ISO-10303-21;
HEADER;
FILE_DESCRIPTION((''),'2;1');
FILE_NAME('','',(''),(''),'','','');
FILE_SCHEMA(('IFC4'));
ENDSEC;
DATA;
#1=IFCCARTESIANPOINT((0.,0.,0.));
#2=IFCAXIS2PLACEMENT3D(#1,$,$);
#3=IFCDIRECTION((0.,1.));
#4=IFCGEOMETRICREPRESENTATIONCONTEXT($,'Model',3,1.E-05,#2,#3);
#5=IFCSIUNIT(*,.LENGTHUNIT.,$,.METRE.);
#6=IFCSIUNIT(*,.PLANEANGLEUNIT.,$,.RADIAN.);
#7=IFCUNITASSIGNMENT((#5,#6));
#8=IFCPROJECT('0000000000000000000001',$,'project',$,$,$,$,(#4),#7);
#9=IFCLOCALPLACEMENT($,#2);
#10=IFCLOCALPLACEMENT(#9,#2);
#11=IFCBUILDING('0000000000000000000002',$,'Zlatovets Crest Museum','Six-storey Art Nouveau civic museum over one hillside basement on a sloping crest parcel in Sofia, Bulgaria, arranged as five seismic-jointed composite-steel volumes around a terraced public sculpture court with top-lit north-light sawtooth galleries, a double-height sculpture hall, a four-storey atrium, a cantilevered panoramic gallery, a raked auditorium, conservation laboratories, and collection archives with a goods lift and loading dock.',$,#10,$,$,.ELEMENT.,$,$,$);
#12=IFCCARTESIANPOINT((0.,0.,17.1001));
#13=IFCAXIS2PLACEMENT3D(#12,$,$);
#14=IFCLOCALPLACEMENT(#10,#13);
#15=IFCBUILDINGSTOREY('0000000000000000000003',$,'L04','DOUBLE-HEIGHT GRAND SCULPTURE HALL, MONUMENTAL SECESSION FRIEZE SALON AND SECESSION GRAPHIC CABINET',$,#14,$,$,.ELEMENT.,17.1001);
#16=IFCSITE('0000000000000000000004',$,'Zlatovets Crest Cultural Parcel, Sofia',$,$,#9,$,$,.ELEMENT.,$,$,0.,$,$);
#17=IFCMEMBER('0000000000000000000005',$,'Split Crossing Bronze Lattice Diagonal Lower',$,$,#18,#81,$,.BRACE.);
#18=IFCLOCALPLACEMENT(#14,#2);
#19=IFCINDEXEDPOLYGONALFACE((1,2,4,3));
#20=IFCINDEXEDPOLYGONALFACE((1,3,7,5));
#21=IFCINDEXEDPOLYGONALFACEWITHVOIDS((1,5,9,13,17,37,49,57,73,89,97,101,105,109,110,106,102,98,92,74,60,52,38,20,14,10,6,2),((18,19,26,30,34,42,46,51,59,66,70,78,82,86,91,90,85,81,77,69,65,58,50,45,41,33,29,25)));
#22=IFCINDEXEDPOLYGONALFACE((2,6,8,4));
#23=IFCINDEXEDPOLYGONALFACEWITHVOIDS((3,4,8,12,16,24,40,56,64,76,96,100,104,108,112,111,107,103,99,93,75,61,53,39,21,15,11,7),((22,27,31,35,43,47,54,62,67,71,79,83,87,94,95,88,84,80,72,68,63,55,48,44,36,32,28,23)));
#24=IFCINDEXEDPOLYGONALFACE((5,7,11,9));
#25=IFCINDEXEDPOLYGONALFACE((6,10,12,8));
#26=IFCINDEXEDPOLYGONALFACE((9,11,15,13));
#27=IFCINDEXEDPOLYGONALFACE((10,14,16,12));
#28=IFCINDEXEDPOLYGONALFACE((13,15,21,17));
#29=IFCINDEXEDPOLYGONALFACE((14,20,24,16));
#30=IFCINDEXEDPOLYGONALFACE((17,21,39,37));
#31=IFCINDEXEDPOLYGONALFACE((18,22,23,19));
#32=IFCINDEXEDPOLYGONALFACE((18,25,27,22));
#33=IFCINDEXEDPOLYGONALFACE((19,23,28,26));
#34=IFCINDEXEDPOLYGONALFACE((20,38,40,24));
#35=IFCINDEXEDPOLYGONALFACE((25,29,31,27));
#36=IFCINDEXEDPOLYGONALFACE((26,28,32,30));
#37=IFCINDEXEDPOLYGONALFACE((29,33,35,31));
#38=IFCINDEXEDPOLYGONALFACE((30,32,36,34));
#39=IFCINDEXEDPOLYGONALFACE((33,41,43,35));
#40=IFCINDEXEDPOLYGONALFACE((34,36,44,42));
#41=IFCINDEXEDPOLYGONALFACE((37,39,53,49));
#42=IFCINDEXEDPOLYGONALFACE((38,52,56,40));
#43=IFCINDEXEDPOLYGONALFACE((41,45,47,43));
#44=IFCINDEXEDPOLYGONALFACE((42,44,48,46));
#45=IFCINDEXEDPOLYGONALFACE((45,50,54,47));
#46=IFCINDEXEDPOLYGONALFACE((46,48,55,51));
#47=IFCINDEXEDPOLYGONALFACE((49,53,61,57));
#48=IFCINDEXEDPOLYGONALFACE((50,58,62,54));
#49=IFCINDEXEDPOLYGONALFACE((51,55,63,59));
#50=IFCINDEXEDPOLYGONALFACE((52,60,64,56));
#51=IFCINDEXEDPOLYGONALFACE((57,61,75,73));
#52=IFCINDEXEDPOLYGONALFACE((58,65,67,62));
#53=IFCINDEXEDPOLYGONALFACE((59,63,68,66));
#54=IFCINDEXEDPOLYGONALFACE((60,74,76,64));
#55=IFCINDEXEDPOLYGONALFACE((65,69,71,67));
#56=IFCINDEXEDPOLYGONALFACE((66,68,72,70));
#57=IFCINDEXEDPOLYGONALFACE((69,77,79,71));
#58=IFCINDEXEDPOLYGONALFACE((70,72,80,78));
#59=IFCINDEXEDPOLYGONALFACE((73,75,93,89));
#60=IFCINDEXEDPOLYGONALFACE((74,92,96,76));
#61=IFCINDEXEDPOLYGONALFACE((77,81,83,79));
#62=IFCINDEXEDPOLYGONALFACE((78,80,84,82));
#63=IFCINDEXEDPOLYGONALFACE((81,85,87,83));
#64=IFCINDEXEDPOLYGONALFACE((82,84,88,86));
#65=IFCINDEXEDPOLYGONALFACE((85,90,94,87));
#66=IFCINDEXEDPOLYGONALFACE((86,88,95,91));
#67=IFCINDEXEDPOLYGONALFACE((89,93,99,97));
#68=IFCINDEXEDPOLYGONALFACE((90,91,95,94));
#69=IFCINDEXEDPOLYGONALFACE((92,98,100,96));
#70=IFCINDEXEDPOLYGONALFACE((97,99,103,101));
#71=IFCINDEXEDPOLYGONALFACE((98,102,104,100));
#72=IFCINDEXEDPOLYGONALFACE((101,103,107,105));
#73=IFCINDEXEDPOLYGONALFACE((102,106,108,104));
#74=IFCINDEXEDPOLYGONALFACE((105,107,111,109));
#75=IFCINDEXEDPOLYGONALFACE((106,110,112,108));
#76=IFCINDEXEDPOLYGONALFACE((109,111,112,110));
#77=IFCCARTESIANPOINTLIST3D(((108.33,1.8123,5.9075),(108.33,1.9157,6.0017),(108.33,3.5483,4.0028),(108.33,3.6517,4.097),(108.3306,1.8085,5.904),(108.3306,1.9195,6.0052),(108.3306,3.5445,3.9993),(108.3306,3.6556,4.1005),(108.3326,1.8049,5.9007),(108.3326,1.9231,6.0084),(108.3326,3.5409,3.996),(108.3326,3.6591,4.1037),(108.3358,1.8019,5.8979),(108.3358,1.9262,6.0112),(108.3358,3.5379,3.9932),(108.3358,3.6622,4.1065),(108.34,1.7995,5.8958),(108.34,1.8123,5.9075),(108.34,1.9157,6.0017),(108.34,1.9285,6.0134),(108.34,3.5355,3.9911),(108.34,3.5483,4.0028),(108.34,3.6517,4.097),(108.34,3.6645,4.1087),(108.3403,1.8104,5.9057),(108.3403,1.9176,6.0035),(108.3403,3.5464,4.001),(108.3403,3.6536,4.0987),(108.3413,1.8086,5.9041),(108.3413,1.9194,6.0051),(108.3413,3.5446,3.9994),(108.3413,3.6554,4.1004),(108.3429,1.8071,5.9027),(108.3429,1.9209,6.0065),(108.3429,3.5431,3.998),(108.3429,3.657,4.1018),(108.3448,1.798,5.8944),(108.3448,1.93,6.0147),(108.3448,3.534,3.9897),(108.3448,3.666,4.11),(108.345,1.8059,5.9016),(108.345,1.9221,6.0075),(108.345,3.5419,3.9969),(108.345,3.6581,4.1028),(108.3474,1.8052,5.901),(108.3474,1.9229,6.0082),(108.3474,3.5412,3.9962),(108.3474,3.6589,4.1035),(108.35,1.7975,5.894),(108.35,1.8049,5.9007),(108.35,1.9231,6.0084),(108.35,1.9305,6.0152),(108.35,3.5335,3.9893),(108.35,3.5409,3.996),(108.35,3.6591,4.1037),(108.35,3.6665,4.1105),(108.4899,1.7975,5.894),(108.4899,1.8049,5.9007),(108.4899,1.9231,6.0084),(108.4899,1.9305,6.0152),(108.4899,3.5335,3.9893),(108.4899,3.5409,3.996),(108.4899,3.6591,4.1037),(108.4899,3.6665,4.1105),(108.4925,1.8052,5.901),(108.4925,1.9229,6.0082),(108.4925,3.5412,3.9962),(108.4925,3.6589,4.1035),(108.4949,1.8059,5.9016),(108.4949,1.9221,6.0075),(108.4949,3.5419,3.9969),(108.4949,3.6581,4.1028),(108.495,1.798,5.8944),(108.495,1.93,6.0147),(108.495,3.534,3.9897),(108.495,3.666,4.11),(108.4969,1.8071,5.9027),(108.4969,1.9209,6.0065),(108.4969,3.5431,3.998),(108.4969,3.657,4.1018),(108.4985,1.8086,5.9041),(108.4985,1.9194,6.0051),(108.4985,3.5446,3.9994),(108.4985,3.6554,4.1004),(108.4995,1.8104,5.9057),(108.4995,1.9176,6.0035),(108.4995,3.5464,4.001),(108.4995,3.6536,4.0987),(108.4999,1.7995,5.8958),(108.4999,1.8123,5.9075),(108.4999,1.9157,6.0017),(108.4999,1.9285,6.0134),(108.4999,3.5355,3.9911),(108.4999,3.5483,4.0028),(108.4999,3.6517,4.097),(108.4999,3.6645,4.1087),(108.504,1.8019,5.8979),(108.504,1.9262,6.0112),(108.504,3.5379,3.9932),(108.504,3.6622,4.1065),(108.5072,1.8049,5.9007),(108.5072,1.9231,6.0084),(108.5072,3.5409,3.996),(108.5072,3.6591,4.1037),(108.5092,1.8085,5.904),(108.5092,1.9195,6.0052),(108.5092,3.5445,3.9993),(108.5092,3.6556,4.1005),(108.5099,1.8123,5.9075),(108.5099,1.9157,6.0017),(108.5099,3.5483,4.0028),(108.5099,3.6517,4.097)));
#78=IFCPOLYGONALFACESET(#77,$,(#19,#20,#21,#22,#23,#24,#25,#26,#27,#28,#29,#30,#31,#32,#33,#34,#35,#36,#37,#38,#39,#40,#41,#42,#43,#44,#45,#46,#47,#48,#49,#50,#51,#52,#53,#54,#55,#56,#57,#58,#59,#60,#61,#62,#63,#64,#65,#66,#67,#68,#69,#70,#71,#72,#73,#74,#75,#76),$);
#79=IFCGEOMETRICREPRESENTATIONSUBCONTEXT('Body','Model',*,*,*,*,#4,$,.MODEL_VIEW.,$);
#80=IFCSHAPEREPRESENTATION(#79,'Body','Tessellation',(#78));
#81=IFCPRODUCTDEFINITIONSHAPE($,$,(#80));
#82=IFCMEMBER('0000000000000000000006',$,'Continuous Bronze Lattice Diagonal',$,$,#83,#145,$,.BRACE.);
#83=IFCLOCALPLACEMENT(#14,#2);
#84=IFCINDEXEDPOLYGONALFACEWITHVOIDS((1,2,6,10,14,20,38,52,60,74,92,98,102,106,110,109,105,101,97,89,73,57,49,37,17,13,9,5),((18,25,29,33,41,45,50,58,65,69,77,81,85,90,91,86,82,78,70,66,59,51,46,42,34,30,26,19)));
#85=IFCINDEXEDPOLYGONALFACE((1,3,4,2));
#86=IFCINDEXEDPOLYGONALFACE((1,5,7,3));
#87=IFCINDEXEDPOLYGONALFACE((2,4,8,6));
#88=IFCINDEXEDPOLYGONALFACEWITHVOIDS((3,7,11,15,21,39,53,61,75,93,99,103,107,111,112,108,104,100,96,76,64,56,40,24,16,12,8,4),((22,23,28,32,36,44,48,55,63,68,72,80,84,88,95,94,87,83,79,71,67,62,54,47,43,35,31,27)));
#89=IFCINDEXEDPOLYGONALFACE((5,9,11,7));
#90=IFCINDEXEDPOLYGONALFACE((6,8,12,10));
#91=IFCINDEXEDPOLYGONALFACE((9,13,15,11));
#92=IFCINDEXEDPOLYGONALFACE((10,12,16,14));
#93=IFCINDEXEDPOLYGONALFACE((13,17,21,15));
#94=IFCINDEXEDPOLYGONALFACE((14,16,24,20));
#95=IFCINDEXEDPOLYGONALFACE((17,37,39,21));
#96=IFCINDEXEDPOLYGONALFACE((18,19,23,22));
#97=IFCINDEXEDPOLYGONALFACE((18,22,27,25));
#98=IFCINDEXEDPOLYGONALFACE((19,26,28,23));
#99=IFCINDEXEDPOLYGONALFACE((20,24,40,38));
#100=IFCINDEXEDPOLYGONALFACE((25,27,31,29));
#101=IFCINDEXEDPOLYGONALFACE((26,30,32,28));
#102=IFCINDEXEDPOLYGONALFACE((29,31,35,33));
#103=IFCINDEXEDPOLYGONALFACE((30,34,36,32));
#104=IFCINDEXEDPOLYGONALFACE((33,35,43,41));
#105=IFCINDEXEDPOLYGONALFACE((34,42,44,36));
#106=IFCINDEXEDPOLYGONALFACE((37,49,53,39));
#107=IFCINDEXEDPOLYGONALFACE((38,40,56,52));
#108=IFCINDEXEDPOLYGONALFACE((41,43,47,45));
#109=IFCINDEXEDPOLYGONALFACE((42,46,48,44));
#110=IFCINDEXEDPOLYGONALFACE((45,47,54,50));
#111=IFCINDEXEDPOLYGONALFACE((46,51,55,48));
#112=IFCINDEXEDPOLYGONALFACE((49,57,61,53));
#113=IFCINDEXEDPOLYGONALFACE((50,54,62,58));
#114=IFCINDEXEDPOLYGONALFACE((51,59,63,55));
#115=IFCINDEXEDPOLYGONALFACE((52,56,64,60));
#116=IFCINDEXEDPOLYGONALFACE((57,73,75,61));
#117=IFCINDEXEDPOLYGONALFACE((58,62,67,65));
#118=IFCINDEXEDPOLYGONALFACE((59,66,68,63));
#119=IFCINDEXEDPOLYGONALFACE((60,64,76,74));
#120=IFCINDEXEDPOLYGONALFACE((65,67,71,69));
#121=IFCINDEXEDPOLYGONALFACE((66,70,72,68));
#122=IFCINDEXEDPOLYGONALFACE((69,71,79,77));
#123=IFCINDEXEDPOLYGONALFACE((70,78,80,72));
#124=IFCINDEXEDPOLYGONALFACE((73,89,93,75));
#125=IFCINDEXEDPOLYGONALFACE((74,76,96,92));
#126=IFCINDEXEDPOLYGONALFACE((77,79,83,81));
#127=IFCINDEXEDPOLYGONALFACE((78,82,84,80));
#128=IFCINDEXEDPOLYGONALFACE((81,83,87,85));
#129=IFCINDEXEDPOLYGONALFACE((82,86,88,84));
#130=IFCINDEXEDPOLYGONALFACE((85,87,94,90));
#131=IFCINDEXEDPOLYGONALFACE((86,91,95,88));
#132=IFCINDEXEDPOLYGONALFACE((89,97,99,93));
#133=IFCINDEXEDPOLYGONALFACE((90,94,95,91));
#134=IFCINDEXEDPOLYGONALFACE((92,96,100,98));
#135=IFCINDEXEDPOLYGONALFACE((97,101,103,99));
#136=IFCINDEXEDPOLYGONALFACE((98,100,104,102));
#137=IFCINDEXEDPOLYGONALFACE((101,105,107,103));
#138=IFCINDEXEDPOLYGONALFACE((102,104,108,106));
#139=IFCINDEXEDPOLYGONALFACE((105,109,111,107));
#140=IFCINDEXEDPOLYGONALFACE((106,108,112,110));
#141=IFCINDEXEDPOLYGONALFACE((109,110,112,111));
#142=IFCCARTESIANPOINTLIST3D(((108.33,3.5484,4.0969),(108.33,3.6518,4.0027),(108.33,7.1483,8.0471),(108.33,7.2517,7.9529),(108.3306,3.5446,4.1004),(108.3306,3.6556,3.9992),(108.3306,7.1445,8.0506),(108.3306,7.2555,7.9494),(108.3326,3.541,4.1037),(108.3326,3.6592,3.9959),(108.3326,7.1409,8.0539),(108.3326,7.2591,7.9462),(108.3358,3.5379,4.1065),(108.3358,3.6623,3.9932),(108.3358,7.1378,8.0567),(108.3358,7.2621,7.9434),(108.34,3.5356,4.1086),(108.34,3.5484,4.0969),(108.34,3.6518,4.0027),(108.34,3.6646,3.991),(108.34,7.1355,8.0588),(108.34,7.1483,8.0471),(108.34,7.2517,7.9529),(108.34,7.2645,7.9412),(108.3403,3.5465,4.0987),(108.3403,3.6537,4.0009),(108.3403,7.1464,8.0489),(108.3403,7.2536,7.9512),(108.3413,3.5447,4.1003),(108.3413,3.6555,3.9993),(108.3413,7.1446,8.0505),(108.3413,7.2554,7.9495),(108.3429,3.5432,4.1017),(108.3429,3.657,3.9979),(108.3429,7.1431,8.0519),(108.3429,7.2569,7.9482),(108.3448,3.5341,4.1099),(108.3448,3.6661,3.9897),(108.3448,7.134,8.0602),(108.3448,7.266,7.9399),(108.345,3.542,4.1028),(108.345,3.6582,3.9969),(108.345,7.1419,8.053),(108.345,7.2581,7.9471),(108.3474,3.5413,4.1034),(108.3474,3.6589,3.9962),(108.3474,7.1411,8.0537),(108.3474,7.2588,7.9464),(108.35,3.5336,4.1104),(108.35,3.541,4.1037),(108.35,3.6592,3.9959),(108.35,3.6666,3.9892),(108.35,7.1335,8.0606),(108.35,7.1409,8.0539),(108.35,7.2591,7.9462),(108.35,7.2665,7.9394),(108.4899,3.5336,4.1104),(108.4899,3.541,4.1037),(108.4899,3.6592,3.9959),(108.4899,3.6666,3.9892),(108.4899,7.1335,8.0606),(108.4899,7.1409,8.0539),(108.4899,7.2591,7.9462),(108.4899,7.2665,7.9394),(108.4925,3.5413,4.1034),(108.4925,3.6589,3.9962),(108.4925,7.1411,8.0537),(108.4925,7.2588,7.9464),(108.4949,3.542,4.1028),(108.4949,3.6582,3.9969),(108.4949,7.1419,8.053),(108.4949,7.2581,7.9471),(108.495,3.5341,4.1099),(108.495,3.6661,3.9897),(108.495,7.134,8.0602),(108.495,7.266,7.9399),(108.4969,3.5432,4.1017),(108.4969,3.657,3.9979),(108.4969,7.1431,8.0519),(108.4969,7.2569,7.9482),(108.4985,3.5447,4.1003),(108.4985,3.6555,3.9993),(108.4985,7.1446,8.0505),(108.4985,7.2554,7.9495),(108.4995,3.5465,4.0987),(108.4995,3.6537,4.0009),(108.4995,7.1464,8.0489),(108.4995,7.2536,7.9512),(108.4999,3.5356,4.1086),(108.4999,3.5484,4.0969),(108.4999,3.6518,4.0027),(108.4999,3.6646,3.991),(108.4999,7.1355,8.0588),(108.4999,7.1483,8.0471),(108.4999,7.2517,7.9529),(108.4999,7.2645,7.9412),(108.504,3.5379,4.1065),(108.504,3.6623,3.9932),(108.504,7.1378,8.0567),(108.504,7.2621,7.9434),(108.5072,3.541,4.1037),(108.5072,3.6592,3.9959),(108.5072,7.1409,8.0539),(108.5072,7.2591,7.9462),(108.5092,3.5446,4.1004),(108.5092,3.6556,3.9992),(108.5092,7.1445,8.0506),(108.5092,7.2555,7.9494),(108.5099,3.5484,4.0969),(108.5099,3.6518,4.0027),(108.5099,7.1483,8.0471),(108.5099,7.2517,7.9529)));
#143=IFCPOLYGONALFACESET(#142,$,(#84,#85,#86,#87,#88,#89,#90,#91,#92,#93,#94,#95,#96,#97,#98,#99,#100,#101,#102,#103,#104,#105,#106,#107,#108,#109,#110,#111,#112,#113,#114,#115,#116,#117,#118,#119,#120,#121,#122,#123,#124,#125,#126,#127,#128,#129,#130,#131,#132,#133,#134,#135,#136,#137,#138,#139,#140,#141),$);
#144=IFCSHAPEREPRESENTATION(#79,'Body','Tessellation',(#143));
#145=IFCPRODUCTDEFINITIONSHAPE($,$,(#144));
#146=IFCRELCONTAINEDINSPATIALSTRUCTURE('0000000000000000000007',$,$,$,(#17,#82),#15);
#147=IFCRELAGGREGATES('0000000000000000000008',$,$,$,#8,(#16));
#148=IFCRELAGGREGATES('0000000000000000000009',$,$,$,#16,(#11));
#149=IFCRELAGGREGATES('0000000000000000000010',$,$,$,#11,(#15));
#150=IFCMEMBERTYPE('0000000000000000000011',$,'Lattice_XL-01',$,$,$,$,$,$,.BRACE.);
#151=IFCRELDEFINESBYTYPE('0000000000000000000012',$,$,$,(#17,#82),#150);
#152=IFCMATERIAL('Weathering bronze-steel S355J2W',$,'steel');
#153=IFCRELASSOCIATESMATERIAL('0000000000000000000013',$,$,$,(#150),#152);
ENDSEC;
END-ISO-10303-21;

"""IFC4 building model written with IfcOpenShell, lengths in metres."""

from ifc_helpers import new_model, si_unit, direction, frame, origin, origin_2d, place, context, subcontext, project, spatial, hollow_rectangle, extrude, material, material_profile, profile_set, type_object, element, save


model = new_model("IFC4")

# Units and contexts
model_context = context("Model", 3, precision=1e-05, world=origin(), true_north=direction((0.0, 1.0)))
body_context = subcontext(model_context, "Body", "Model", "MODEL_VIEW")
ifc_project = project(units=[si_unit("LENGTHUNIT", "METRE"), si_unit("PLANEANGLEUNIT", "RADIAN")], contexts=[model_context])

# Site, building, storey
site_placement = place(None, origin())
site = spatial("IfcSite", under=ifc_project, at=site_placement, Name="Zlatovets Crest Cultural Parcel, Sofia", CompositionType="ELEMENT", RefElevation=0.0)
building_placement = place(site_placement, origin())
building = spatial("IfcBuilding", under=site, at=building_placement, Name="Zlatovets Crest Museum", Description="Six-storey Art Nouveau civic museum over one hillside basement on a sloping crest parcel in Sofia, Bulgaria, arranged as five seismic-jointed composite-steel volumes around a terraced public sculpture court with top-lit north-light sawtooth galleries, a double-height sculpture hall, a four-storey atrium, a cantilevered panoramic gallery, a raked auditorium, conservation laboratories, and collection archives with a goods lift and loading dock.", CompositionType="ELEMENT")
storey_placement = place(building_placement, frame((0.0, 0.0, 17.1001)))
storey = spatial("IfcBuildingStorey", under=building, at=storey_placement, Name="L04", Description="DOUBLE-HEIGHT GRAND SCULPTURE HALL, MONUMENTAL SECESSION FRIEZE SALON AND SECESSION GRAPHIC CABINET", CompositionType="ELEMENT", Elevation=17.1001)

# Members
ifc_material_1 = material(Name="Weathering bronze-steel S355J2W", Category="steel")
ifc_material_profile_1 = material_profile(ifc_material_1, hollow_rectangle(XDim=0.1799, YDim=0.1799, WallThickness=0.01, InnerFilletRadius=0.01, OuterFilletRadius=0.02, at=origin_2d()), Name="SHS 180x180x10.0")
ifc_profile_set_1 = profile_set([ifc_material_profile_1], Name="Weathering bronze-steel S355J2W")
member_type_1 = type_object("IfcMemberType", Name="Lattice_XL-01", PredefinedType="BRACE", material=ifc_profile_set_1)
for number, where, z_axis, x_axis, name in (
    (1, (108.4199, 1.864, 5.9546), (0.0, 0.67362, -0.739078), (-1.0, 0.0, 0.0), "Split Crossing Bronze Lattice Diagonal Lower"),
):
    element("IfcMember", number, at=place(storey_placement, frame(where, z_axis=z_axis, x_axis=x_axis)), inside=storey, type_object=member_type_1, Name=name, PredefinedType="BRACE", context=body_context, shape_type="SweptSolid", body=[
        extrude(hollow_rectangle(XDim=0.1799, YDim=0.1799, WallThickness=0.01, InnerFilletRadius=0.01, OuterFilletRadius=0.02, at=origin_2d()), origin(), (0.0, 0.0, 1.0), 2.5771),
    ])
member_1_placement = place(storey_placement, frame((108.4199, 3.6001, 4.0498), z_axis=(0.0, 0.67357, 0.739123), x_axis=(-1.0, 0.0, 0.0)))
element("IfcMember", 2, at=member_1_placement, inside=storey, type_object=member_type_1, Name="Continuous Bronze Lattice Diagonal", PredefinedType="BRACE", context=body_context, shape_type="SweptSolid", body=[
    extrude(hollow_rectangle(XDim=0.1799, YDim=0.1799, WallThickness=0.01, InnerFilletRadius=0.01, OuterFilletRadius=0.02, at=origin_2d()), origin(), (0.0, 0.0, 1.0), 5.3445),
])

save(model, "model.ifc")
